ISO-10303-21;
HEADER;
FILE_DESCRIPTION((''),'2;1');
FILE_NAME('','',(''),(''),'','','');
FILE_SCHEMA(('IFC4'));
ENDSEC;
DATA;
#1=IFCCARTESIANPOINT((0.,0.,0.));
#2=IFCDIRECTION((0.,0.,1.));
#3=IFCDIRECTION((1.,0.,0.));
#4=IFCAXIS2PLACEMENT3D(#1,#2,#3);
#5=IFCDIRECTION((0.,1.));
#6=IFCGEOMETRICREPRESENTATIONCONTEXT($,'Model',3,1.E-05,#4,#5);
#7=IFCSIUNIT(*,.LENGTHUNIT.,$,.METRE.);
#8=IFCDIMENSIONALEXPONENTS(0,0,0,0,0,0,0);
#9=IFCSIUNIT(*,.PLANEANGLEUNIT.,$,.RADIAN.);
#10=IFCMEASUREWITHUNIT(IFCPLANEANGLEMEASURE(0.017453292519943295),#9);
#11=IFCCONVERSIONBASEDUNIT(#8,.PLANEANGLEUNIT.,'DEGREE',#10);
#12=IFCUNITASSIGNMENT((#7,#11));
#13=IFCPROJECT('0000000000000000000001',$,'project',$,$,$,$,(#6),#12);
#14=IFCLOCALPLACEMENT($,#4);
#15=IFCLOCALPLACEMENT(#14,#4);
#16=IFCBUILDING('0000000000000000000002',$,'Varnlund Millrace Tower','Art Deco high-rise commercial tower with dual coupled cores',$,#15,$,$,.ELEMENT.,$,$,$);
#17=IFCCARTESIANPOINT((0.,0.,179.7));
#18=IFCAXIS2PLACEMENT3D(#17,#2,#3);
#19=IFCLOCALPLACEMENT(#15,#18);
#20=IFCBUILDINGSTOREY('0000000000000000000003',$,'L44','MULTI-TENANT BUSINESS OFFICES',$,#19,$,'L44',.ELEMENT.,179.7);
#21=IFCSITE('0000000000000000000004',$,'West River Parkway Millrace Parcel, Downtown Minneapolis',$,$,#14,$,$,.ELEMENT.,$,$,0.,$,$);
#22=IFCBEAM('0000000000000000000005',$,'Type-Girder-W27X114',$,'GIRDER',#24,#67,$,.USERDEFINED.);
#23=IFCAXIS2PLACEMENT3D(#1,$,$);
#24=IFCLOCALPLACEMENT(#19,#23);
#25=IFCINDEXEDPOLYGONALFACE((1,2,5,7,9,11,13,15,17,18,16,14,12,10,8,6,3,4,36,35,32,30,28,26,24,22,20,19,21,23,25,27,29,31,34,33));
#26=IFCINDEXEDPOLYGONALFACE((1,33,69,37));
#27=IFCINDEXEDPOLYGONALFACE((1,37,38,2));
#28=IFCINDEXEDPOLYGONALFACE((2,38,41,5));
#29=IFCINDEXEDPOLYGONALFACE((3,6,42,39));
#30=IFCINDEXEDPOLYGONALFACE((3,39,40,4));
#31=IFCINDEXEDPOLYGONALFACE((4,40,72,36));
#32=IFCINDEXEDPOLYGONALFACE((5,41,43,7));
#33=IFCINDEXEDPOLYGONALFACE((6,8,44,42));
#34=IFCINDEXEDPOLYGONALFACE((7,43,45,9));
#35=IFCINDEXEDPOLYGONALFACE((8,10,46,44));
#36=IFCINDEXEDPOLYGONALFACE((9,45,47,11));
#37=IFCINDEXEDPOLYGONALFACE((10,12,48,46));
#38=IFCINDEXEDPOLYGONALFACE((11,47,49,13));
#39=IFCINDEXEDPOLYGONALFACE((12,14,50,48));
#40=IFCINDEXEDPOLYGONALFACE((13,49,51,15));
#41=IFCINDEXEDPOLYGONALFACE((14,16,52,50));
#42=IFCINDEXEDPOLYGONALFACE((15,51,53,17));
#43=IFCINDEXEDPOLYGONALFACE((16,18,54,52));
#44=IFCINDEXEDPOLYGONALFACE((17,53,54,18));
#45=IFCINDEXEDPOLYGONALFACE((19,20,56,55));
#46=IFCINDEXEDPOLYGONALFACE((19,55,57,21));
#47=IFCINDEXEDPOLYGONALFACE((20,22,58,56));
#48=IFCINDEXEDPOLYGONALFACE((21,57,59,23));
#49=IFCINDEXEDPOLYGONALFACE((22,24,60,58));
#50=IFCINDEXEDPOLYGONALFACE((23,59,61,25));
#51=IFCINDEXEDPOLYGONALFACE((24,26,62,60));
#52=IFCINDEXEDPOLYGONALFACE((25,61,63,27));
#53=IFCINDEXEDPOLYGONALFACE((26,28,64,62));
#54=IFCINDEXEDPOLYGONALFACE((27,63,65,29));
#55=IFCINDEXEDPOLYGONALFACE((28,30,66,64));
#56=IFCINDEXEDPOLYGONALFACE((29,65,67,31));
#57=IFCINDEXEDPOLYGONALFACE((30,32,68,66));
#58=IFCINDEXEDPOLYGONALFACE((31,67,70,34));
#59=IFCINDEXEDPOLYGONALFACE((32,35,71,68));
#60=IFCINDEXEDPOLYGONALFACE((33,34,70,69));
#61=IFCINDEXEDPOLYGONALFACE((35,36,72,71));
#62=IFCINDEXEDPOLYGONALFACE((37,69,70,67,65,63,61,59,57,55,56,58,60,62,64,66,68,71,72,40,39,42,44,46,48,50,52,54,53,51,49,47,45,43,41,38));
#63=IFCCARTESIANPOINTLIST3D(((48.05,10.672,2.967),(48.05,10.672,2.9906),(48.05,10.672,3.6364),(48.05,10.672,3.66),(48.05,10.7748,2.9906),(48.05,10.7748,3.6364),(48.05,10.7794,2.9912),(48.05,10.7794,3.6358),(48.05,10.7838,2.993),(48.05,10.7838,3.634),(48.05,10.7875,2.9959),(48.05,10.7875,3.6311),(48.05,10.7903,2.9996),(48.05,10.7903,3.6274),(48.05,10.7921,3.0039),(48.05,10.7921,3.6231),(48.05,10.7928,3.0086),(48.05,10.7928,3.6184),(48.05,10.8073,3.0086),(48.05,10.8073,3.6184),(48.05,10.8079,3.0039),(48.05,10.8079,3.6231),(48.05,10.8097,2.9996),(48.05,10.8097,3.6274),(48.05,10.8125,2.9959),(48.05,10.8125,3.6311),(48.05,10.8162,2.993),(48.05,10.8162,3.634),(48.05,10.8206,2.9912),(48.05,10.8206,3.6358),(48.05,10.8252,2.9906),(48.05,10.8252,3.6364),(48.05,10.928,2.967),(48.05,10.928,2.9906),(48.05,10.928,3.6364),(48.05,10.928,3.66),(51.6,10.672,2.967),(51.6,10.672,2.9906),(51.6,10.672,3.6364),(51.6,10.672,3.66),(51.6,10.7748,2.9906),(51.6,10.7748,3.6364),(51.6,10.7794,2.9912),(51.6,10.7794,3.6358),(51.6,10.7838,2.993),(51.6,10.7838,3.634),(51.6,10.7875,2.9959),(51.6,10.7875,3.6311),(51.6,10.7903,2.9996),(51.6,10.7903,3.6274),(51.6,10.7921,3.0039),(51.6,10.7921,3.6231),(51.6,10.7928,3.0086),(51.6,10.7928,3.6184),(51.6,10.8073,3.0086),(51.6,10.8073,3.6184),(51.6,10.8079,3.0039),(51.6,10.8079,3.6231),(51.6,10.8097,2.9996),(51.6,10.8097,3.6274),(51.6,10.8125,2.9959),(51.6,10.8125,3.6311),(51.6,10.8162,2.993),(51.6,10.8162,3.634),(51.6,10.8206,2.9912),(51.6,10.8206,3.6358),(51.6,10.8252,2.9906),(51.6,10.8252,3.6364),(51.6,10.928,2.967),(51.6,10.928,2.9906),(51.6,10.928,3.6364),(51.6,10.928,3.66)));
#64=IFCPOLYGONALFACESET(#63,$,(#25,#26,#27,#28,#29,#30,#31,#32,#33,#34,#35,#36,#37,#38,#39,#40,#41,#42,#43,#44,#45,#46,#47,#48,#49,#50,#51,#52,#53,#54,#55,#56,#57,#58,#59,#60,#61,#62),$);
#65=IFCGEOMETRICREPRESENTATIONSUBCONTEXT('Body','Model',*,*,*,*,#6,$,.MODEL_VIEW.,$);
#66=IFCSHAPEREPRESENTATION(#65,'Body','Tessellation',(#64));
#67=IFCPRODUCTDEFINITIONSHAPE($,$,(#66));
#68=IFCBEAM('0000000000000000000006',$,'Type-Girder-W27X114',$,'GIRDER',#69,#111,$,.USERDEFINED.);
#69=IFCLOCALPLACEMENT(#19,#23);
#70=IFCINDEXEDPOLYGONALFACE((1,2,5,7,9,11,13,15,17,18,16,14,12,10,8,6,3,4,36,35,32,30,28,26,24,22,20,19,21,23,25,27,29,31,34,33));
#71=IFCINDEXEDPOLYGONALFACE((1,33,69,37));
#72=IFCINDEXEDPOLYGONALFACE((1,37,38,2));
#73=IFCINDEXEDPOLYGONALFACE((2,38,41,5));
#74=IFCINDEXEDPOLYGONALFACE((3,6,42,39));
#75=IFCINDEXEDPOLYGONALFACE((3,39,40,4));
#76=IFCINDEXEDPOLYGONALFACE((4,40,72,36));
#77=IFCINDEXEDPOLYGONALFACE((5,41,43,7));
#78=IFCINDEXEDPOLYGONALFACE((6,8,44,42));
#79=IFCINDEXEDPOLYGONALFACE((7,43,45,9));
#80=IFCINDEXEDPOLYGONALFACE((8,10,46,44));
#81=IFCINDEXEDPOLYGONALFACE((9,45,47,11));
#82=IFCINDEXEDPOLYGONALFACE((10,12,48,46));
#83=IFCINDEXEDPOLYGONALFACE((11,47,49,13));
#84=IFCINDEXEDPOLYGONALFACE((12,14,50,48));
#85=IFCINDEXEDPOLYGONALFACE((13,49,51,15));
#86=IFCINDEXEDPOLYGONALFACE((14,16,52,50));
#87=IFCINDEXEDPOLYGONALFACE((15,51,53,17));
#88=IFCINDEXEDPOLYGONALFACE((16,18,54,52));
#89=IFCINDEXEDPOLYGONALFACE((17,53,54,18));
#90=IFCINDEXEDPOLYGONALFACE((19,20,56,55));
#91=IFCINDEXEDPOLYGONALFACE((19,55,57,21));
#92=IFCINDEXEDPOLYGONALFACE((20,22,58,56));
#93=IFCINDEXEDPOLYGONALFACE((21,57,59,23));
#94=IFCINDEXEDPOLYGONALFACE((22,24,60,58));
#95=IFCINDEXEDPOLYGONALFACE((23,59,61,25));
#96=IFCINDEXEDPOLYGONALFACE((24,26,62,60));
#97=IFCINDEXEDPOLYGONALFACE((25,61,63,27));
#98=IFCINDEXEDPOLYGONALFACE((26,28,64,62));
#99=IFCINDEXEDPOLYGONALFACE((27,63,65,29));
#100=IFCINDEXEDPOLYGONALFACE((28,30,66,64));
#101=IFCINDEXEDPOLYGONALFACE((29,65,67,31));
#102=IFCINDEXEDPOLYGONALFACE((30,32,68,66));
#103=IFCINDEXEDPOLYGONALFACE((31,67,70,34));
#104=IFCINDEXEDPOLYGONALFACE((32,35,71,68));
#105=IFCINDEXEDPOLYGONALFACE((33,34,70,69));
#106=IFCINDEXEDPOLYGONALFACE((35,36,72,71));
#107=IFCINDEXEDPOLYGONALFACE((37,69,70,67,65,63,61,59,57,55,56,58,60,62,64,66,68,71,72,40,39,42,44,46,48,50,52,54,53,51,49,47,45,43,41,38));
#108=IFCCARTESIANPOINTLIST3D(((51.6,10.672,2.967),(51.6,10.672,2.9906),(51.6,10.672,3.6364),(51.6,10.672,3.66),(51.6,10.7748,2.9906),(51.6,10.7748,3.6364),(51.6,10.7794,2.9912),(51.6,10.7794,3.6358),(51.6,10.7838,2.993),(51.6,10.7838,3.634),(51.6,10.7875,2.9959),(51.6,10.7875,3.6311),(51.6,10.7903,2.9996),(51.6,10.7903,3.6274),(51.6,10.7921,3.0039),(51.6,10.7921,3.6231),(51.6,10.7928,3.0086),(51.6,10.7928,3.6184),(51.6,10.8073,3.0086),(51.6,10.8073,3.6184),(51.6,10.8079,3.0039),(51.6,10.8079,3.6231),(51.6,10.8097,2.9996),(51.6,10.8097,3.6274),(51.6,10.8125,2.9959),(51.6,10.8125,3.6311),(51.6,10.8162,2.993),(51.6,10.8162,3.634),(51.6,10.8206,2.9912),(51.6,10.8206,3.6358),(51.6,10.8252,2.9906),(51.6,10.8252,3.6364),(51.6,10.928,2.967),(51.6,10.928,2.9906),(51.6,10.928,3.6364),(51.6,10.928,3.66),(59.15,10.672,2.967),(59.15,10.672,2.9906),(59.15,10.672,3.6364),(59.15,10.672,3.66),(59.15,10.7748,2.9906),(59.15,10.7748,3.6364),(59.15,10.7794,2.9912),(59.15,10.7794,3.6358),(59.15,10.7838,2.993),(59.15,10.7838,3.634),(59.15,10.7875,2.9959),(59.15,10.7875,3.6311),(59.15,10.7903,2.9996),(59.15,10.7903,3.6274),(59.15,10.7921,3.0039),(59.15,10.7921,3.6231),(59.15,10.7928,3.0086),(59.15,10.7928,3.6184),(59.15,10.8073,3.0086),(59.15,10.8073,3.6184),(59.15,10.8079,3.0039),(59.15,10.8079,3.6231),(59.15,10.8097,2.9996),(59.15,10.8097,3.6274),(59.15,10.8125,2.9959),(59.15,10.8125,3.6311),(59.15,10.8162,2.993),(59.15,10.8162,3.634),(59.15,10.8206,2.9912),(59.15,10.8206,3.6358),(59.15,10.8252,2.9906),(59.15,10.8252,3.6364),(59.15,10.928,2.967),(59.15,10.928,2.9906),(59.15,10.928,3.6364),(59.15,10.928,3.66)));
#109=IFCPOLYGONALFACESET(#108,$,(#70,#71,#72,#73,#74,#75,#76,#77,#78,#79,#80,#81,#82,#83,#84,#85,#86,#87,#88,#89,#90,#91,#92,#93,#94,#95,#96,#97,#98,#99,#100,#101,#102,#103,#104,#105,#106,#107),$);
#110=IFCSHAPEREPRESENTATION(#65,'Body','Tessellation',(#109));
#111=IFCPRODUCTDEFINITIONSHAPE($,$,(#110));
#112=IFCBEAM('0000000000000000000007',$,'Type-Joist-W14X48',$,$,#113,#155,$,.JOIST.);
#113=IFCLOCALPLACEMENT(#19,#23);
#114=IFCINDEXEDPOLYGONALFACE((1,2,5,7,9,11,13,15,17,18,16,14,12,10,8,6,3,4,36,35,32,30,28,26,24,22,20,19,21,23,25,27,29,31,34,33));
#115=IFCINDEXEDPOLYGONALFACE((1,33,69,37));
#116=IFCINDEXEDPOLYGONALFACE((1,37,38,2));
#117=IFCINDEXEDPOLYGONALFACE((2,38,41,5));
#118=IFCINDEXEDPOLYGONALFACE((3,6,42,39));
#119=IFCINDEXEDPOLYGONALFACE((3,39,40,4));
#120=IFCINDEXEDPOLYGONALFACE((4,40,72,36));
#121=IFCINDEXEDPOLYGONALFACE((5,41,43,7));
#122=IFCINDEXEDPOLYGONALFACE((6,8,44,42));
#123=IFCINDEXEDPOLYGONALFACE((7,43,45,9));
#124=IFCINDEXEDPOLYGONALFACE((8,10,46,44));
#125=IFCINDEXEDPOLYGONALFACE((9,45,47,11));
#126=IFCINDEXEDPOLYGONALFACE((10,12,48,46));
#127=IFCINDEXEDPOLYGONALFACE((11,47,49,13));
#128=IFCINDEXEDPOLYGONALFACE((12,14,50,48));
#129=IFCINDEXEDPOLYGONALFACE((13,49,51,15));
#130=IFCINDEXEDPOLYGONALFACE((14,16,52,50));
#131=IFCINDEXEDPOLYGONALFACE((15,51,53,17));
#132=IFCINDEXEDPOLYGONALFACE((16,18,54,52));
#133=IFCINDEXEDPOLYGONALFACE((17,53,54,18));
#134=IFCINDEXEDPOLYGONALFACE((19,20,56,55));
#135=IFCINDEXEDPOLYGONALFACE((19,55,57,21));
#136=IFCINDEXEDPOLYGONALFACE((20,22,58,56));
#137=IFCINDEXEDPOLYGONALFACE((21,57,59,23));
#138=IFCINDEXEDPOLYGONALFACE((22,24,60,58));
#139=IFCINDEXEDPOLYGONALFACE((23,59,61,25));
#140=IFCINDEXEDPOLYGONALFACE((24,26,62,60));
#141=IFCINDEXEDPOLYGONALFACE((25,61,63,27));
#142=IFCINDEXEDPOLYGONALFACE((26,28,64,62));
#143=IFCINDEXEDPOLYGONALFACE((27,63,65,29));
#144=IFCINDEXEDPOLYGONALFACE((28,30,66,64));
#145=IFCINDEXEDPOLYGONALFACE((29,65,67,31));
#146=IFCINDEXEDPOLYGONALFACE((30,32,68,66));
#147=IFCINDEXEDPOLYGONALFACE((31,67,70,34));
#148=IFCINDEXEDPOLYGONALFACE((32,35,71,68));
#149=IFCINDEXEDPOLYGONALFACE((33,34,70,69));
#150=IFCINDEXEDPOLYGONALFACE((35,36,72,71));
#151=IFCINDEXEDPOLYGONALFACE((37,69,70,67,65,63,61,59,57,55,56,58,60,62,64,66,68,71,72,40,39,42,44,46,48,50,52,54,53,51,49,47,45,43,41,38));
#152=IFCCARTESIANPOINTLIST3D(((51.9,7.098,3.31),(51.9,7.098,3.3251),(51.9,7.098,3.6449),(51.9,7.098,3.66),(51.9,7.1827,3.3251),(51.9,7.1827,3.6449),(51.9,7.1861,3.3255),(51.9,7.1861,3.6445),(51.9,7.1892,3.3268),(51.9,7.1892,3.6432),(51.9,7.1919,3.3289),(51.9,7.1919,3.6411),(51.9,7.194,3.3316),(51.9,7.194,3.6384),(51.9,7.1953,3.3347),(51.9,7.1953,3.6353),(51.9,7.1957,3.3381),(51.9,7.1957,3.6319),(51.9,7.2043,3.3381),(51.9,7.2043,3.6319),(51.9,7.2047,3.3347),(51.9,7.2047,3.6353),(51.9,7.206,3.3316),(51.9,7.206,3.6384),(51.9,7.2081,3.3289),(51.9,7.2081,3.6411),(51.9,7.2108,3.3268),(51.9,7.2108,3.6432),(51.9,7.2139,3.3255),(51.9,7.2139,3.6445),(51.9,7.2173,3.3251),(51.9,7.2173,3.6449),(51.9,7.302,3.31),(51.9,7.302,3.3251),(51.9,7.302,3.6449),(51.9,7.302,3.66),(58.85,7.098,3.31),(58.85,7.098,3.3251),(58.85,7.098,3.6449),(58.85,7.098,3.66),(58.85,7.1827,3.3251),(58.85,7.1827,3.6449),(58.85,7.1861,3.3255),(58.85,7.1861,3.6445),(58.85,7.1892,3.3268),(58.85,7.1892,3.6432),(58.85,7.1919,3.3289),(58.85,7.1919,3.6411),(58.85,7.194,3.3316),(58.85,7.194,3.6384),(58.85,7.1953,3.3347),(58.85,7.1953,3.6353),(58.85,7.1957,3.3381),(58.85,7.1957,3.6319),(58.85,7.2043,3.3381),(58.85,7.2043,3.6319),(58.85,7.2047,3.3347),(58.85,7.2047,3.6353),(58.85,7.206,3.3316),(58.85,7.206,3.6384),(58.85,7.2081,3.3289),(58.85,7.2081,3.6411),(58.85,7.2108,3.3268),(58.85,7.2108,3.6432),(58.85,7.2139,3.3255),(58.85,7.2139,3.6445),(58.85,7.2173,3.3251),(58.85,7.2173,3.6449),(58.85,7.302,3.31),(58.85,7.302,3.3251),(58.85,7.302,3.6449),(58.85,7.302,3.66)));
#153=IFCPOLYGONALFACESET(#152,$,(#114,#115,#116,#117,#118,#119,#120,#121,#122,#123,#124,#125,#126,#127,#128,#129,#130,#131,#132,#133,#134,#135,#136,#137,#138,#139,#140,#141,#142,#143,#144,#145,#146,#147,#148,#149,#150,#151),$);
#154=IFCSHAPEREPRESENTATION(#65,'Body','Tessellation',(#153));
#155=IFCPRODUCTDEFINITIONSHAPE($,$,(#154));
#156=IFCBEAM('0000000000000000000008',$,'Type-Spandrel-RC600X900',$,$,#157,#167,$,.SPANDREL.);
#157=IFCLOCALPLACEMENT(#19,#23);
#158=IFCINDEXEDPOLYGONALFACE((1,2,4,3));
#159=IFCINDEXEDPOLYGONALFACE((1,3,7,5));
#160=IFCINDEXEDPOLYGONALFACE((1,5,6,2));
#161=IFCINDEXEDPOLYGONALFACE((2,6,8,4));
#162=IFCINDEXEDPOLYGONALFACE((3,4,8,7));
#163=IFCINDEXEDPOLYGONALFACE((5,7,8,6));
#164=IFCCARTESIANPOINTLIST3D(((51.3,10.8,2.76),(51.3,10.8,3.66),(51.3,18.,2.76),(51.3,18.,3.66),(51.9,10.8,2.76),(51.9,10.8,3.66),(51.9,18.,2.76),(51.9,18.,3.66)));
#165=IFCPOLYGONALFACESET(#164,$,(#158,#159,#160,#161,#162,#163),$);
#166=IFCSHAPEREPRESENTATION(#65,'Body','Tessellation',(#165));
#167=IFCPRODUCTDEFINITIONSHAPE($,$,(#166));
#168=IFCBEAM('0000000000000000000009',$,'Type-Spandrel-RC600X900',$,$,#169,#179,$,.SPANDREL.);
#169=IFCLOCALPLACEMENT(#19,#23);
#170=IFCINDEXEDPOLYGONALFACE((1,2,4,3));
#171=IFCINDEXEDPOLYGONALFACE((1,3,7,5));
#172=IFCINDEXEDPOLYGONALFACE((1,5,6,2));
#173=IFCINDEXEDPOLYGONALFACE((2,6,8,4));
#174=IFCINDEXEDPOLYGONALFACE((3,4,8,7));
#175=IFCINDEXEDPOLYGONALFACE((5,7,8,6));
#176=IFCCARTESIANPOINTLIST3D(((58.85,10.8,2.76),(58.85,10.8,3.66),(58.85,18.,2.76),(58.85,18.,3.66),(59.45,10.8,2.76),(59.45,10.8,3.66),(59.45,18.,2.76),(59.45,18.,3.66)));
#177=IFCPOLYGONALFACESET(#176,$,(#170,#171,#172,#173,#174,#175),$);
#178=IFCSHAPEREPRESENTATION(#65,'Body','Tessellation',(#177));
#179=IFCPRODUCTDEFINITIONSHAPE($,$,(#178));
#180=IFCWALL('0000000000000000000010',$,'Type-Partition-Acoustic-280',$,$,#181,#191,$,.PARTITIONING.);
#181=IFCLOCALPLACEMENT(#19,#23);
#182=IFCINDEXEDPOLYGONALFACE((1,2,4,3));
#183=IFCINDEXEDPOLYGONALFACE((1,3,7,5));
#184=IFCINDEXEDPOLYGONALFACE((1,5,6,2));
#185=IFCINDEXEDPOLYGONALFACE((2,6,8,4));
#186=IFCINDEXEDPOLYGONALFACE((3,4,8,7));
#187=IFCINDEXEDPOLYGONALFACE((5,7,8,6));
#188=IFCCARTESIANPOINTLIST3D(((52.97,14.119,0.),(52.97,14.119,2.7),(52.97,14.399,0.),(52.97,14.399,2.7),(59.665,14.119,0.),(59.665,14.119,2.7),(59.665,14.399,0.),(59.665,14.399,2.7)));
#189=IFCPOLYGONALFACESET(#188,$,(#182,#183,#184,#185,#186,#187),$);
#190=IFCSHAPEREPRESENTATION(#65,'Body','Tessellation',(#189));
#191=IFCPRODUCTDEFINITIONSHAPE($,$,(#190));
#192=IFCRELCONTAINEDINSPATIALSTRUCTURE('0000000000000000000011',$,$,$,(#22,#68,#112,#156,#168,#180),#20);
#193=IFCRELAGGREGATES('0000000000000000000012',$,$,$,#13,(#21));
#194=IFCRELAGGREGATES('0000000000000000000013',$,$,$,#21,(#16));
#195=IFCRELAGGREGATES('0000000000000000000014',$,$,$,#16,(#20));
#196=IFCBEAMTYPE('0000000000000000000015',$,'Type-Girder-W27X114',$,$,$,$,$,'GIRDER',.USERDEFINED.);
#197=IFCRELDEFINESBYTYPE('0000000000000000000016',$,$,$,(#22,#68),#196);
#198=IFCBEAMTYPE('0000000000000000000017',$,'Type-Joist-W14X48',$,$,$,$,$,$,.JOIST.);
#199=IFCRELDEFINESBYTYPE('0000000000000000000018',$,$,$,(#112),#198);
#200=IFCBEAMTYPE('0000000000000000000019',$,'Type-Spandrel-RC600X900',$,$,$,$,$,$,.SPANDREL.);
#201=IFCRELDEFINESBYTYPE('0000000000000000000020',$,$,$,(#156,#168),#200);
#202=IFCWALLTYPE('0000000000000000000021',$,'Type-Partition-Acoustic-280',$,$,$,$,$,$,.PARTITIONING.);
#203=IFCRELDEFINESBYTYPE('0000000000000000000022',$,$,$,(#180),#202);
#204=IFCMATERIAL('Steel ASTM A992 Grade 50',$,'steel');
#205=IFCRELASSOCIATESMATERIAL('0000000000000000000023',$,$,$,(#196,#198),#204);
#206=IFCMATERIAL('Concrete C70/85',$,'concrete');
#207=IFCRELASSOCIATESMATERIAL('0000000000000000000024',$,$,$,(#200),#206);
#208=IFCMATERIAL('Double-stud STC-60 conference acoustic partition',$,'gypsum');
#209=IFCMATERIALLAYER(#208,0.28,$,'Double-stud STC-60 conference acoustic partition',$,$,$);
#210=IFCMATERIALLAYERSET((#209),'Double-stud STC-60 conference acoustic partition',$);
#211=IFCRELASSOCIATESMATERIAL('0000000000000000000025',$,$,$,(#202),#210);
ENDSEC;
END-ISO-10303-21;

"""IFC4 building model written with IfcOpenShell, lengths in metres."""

from ifc_helpers import new_model, entity, si_unit, converted_unit, direction, frame, origin_with_axes, origin_2d_with_axis, place, context, subcontext, project, spatial, polyline, rectangle, i_section, outline, extrude, material, layer, layer_set, material_profile, profile_set, type_object, element, save


model = new_model("IFC4")

# Units and contexts
model_context = context("Model", 3, precision=1e-05, world=origin_with_axes(), true_north=direction((0.0, 1.0)))
body_context = subcontext(model_context, "Body", "Model", "MODEL_VIEW")
ifc_project = project(units=[si_unit("LENGTHUNIT", "METRE"), converted_unit("PLANEANGLEUNIT", "DEGREE", entity("IfcPlaneAngleMeasure", 0.017453292519943295), si_unit("PLANEANGLEUNIT", "RADIAN"), dimensions=[0, 0, 0, 0, 0, 0, 0])], contexts=[model_context])

# Site, building, storey
site_placement = place(None, origin_with_axes())
site = spatial("IfcSite", under=ifc_project, at=site_placement, Name="West River Parkway Millrace Parcel, Downtown Minneapolis", CompositionType="ELEMENT", RefElevation=0.0)
building_placement = place(site_placement, origin_with_axes())
building = spatial("IfcBuilding", under=site, at=building_placement, Name="Varnlund Millrace Tower", Description="Art Deco high-rise commercial tower with dual coupled cores", CompositionType="ELEMENT")
storey_placement = place(building_placement, frame((0.0, 0.0, 179.7), z_axis=(0.0, 0.0, 1.0), x_axis=(1.0, 0.0, 0.0)))
storey = spatial("IfcBuildingStorey", under=building, at=storey_placement, Name="L44", Description="MULTI-TENANT BUSINESS OFFICES", LongName="L44", CompositionType="ELEMENT", Elevation=179.7)

# Beams
ifc_material_1 = material(Name="Steel ASTM A992 Grade 50", Category="steel")
ifc_material_profile_1 = material_profile(ifc_material_1, i_section(OverallWidth=0.256, OverallDepth=0.693, WebThickness=0.0145, FlangeThickness=0.0236, FilletRadius=0.018, at=origin_2d_with_axis()), Name="Steel ASTM A992 Grade 50")
ifc_profile_set_1 = profile_set([ifc_material_profile_1], Name="Steel ASTM A992 Grade 50")
beam_type_1 = type_object("IfcBeamType", Name="Type-Girder-W27X114", ElementType="GIRDER", PredefinedType="USERDEFINED", material=ifc_profile_set_1)
beam_1_placement = place(storey_placement, frame((48.05, 10.8, 3.3135), z_axis=(1.0, 0.0, 0.0), x_axis=(0.0, 1.0, 0.0)))
element("IfcBeam", 1, at=beam_1_placement, inside=storey, type_object=beam_type_1, Name="Type-Girder-W27X114", ObjectType="GIRDER", PredefinedType="USERDEFINED", context=body_context, shape_type="SweptSolid", body=[
    extrude(i_section(OverallWidth=0.256, OverallDepth=0.693, WebThickness=0.0145, FlangeThickness=0.0236, FilletRadius=0.018, at=origin_2d_with_axis()), origin_with_axes(), (0.0, 0.0, 1.0), 3.55),
])
beam_2_placement = place(storey_placement, frame((51.6, 10.8, 3.3135), z_axis=(1.0, 0.0, 0.0), x_axis=(0.0, 1.0, 0.0)))
element("IfcBeam", 2, at=beam_2_placement, inside=storey, type_object=beam_type_1, Name="Type-Girder-W27X114", ObjectType="GIRDER", PredefinedType="USERDEFINED", context=body_context, shape_type="SweptSolid", body=[
    extrude(i_section(OverallWidth=0.256, OverallDepth=0.693, WebThickness=0.0145, FlangeThickness=0.0236, FilletRadius=0.018, at=origin_2d_with_axis()), origin_with_axes(), (0.0, 0.0, 1.0), 7.55),
])
ifc_material_profile_2 = material_profile(ifc_material_1, i_section(OverallWidth=0.204, OverallDepth=0.35, WebThickness=0.0086, FlangeThickness=0.0151, FilletRadius=0.013, at=origin_2d_with_axis()), Name="Steel ASTM A992 Grade 50")
ifc_profile_set_2 = profile_set([ifc_material_profile_2], Name="Steel ASTM A992 Grade 50")
beam_type_2 = type_object("IfcBeamType", Name="Type-Joist-W14X48", PredefinedType="JOIST", material=ifc_profile_set_2)
beam_3_placement = place(storey_placement, frame((51.9, 7.2, 3.485), z_axis=(1.0, 0.0, 0.0), x_axis=(0.0, 1.0, 0.0)))
element("IfcBeam", 3, at=beam_3_placement, inside=storey, type_object=beam_type_2, Name="Type-Joist-W14X48", PredefinedType="JOIST", context=body_context, shape_type="SweptSolid", body=[
    extrude(i_section(OverallWidth=0.204, OverallDepth=0.35, WebThickness=0.0086, FlangeThickness=0.0151, FilletRadius=0.013, at=origin_2d_with_axis()), origin_with_axes(), (0.0, 0.0, 1.0), 6.95),
])
ifc_material_2 = material(Name="Concrete C70/85", Category="concrete")
ifc_material_profile_3 = material_profile(ifc_material_2, rectangle(XDim=0.6, YDim=0.9, at=origin_2d_with_axis()), Name="Concrete C70/85")
ifc_profile_set_3 = profile_set([ifc_material_profile_3], Name="Concrete C70/85")
beam_type_3 = type_object("IfcBeamType", Name="Type-Spandrel-RC600X900", PredefinedType="SPANDREL", material=ifc_profile_set_3)
for number, where, z_axis, x_axis, name in (
    (4, (51.6, 10.8, 3.21), (0.0, 1.0, 0.0), (-1.0, 0.0, 0.0), "Type-Spandrel-RC600X900"),
    (5, (59.15, 10.8, 3.21), (0.0, 1.0, 0.0), (-1.0, 0.0, 0.0), "Type-Spandrel-RC600X900"),
):
    element("IfcBeam", number, at=place(storey_placement, frame(where, z_axis=z_axis, x_axis=x_axis)), inside=storey, type_object=beam_type_3, Name=name, PredefinedType="SPANDREL", context=body_context, shape_type="SweptSolid", body=[
        extrude(rectangle(XDim=0.6, YDim=0.9, at=origin_2d_with_axis()), origin_with_axes(), (0.0, 0.0, 1.0), 7.2),
    ])

# Wall
ifc_material_3 = material(Name="Double-stud STC-60 conference acoustic partition", Category="gypsum")
ifc_layer_1 = layer(ifc_material_3, 0.28, Name="Double-stud STC-60 conference acoustic partition")
ifc_layer_set_1 = layer_set([ifc_layer_1], Name="Double-stud STC-60 conference acoustic partition")
wall_type_1 = type_object("IfcWallType", Name="Type-Partition-Acoustic-280", PredefinedType="PARTITIONING", material=ifc_layer_set_1)
wall_1_placement = place(storey_placement, frame((52.97, 14.259, 0.0), z_axis=(0.0, 0.0, 1.0), x_axis=(1.0, 0.0, 0.0)))
element("IfcWall", 6, at=wall_1_placement, inside=storey, type_object=wall_type_1, Name="Type-Partition-Acoustic-280", PredefinedType="PARTITIONING", context=body_context, shape_type="SweptSolid", body=[
    extrude(outline(polyline([(0.0, -0.14), (6.695, -0.14), (6.695, 0.14), (0.0, 0.14), (0.0, -0.14)])), origin_with_axes(), (0.0, 0.0, 1.0), 2.7),
])

save(model, "model.ifc")
